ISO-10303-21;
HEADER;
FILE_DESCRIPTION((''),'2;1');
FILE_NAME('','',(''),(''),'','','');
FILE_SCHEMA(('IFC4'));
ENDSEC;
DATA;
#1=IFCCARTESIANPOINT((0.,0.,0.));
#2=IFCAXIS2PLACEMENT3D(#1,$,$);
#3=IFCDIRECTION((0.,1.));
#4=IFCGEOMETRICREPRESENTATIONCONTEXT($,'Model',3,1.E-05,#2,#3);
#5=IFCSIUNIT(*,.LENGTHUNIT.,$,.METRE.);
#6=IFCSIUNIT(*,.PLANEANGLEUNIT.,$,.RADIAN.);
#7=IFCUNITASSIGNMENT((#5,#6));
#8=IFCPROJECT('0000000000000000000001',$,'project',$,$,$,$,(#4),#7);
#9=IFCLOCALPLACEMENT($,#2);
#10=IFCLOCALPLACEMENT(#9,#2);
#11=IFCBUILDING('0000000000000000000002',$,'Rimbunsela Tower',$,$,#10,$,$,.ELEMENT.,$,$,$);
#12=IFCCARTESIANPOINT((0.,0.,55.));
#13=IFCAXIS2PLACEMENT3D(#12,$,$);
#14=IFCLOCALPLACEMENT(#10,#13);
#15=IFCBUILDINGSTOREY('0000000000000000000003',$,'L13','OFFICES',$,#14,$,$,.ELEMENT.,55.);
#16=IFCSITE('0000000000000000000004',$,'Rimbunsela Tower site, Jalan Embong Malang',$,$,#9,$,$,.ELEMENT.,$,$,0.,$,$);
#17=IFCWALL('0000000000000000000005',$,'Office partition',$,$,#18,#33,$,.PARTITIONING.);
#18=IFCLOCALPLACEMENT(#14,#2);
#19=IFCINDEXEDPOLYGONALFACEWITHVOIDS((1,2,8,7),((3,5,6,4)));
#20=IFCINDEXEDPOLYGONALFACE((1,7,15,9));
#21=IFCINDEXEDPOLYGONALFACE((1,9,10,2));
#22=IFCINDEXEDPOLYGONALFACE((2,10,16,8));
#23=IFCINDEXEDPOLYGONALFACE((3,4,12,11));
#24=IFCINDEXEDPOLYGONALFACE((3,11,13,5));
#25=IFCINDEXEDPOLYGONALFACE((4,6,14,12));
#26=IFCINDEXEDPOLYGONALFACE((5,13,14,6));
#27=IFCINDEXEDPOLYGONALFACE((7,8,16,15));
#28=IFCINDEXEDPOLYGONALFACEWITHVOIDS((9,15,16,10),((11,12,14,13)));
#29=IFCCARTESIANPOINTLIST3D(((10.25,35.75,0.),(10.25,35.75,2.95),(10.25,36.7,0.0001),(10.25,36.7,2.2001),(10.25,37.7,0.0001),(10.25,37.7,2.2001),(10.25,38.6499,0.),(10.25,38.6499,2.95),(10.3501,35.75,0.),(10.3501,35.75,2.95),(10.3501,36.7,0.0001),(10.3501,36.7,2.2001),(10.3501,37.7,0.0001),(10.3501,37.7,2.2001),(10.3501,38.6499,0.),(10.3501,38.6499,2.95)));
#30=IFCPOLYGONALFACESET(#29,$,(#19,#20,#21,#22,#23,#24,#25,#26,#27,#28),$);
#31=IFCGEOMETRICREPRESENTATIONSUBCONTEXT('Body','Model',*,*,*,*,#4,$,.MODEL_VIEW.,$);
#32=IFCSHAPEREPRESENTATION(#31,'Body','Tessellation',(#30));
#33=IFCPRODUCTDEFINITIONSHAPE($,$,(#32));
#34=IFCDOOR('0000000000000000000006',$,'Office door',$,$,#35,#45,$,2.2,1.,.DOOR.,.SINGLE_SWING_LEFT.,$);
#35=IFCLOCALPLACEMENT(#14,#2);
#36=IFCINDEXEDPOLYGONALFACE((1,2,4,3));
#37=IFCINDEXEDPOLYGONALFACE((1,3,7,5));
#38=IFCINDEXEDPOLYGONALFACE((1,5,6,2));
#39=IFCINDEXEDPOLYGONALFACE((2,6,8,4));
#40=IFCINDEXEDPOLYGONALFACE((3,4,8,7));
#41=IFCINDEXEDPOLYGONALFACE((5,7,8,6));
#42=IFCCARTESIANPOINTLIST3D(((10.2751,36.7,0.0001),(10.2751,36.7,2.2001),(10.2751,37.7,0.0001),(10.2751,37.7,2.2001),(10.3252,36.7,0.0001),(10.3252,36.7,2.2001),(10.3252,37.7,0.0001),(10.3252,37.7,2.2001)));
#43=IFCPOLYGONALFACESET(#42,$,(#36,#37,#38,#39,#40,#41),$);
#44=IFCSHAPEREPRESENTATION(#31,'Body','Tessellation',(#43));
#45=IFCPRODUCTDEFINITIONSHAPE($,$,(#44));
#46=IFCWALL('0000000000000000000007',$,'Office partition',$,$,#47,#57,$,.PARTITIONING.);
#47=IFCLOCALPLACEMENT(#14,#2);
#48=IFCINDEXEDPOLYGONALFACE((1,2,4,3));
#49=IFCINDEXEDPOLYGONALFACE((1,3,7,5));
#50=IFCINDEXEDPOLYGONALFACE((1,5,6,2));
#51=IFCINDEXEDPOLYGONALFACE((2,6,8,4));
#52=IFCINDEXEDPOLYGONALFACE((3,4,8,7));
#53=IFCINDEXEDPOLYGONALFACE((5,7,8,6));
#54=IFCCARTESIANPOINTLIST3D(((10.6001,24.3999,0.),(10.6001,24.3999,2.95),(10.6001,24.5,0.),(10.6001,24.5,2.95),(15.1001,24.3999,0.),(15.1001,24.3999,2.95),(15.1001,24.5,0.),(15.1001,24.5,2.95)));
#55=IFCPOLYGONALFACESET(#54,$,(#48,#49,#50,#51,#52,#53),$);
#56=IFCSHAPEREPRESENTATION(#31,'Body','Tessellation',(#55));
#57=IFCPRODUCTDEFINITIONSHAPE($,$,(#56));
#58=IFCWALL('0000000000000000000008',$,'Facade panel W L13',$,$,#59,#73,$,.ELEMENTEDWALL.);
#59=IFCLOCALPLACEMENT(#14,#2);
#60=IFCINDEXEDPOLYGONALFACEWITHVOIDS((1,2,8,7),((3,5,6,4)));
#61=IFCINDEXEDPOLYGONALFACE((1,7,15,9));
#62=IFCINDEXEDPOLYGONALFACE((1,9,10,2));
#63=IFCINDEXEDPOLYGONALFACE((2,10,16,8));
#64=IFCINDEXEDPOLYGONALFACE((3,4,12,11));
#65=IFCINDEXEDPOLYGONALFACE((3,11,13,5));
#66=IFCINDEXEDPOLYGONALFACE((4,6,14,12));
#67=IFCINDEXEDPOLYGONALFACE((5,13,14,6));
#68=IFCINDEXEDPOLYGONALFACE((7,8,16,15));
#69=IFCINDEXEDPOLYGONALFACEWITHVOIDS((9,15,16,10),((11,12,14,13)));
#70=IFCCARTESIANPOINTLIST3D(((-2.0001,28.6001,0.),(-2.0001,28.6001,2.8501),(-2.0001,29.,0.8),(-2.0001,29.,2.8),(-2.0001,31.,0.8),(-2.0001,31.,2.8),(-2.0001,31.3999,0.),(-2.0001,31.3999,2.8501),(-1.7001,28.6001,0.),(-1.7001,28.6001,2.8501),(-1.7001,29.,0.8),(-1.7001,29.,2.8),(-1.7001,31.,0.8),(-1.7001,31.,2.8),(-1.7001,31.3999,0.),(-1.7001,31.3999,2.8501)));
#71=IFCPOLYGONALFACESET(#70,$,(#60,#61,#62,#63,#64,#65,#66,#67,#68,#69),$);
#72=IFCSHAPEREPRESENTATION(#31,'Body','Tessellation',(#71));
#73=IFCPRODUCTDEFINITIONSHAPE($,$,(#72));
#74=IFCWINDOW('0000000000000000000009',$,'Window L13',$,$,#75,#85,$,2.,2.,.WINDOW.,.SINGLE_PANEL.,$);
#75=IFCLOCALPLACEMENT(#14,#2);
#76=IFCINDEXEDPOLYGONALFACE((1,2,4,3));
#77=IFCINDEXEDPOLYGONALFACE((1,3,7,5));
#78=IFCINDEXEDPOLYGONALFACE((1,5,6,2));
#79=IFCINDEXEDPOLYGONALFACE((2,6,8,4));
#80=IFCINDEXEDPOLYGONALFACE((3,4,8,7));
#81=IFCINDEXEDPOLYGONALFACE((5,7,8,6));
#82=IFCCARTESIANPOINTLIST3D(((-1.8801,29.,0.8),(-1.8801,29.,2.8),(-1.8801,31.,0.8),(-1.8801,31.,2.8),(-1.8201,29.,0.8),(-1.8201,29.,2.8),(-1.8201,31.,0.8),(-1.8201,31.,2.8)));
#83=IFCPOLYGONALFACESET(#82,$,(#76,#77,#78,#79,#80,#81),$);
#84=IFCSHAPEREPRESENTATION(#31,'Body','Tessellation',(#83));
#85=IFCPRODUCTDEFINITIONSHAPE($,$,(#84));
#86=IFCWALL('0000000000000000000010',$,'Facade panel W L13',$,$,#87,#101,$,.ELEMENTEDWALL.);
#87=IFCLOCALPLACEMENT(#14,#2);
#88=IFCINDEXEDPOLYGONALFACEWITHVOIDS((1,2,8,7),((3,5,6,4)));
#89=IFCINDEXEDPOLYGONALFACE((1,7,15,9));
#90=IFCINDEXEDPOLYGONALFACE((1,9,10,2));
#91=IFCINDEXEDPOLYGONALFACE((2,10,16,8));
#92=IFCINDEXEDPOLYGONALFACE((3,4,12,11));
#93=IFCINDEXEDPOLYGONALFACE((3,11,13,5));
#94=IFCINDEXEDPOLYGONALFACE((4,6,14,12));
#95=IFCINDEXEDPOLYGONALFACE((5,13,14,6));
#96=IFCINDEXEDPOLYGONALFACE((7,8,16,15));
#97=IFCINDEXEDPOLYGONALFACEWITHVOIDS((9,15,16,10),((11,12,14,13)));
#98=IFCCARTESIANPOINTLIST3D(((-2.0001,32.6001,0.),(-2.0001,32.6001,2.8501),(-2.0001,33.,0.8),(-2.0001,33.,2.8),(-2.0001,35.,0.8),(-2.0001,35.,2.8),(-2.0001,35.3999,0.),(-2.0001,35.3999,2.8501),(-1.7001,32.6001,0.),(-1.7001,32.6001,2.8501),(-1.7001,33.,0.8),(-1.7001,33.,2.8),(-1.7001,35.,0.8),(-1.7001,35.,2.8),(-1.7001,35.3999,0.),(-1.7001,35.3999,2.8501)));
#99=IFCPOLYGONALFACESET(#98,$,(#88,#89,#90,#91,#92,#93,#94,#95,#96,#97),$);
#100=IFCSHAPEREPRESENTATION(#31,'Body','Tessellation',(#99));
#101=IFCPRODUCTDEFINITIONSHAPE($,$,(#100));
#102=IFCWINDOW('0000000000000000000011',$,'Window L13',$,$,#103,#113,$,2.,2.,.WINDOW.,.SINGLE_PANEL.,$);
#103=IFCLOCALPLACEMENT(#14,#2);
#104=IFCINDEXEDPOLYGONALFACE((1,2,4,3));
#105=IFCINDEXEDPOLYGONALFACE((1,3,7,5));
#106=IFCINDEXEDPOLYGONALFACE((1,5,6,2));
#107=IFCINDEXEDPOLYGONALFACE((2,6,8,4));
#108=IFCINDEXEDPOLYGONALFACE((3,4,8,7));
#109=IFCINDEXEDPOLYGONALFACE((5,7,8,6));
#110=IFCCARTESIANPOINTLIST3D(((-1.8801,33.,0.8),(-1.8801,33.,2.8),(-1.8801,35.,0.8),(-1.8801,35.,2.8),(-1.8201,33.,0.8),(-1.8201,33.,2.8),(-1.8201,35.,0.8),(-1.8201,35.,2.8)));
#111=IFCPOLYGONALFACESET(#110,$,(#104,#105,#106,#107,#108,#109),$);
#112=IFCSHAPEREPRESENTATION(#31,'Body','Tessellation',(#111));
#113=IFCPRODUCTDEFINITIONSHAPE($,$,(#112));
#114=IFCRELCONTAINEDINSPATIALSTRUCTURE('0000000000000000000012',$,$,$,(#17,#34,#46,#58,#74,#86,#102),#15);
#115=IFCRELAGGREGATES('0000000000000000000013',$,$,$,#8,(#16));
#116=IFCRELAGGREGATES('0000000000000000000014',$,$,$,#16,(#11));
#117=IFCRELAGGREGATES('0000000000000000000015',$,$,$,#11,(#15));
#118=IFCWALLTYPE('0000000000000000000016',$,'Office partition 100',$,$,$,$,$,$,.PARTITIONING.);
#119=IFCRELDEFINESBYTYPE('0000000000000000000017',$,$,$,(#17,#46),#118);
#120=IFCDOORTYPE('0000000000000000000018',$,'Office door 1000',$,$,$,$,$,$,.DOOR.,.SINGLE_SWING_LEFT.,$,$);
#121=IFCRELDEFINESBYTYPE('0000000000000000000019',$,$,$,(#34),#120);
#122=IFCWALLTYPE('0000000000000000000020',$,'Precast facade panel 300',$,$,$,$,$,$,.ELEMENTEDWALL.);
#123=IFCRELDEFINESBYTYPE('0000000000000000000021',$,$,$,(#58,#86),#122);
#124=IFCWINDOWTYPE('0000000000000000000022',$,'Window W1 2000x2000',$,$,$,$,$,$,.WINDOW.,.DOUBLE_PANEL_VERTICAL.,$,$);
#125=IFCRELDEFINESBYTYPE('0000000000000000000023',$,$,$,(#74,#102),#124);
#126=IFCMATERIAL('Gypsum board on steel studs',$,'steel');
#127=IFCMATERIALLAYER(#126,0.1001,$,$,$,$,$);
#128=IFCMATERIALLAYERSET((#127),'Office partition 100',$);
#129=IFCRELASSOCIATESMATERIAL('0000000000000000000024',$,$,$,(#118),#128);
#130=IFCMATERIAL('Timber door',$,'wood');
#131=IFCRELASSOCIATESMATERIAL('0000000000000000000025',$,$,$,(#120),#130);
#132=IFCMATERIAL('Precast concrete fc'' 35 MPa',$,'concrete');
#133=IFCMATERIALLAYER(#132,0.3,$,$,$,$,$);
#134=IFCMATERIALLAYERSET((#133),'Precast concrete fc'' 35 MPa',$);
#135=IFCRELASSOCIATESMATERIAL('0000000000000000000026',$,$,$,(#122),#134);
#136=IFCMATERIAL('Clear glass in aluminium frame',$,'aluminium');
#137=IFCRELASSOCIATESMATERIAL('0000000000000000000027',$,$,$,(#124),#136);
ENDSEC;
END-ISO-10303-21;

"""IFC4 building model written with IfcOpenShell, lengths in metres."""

from ifc_helpers import new_model, si_unit, direction, frame, frame_2d, origin, place, context, subcontext, project, spatial, rectangle, extrude, material, layer, layer_set, type_object, element, fill, save


model = new_model("IFC4")

# Units and contexts
model_context = context("Model", 3, precision=1e-05, world=origin(), true_north=direction((0.0, 1.0)))
body_context = subcontext(model_context, "Body", "Model", "MODEL_VIEW")
ifc_project = project(units=[si_unit("LENGTHUNIT", "METRE"), si_unit("PLANEANGLEUNIT", "RADIAN")], contexts=[model_context])

# Site, building, storey
site_placement = place(None, origin())
site = spatial("IfcSite", under=ifc_project, at=site_placement, Name="Rimbunsela Tower site, Jalan Embong Malang", CompositionType="ELEMENT", RefElevation=0.0)
building_placement = place(site_placement, origin())
building = spatial("IfcBuilding", under=site, at=building_placement, Name="Rimbunsela Tower", CompositionType="ELEMENT")
storey_placement = place(building_placement, frame((0.0, 0.0, 55.0)))
storey = spatial("IfcBuildingStorey", under=building, at=storey_placement, Name="L13", Description="OFFICES", CompositionType="ELEMENT", Elevation=55.0)

# Shared definitions
ifc_material_1 = material(Name="Gypsum board on steel studs", Category="steel")
ifc_layer_1 = layer(ifc_material_1, 0.1001)
ifc_layer_set_1 = layer_set([ifc_layer_1], Name="Office partition 100")
wall_type_1 = type_object("IfcWallType", Name="Office partition 100", PredefinedType="PARTITIONING", material=ifc_layer_set_1)

# Wall, opening, door
ifc_material_2 = material(Name="Timber door", Category="wood")
door_type = type_object("IfcDoorType", Name="Office door 1000", OperationType="SINGLE_SWING_LEFT", PredefinedType="DOOR", material=ifc_material_2)
wall_1_placement = place(storey_placement, frame((10.3, 35.75, 0.0), z_axis=(0.0, 0.0, 1.0), x_axis=(0.0, 1.0, 0.0)))
wall_1 = element("IfcWall", 1, at=wall_1_placement, inside=storey, type_object=wall_type_1, Name="Office partition", PredefinedType="PARTITIONING", context=body_context, shape_type="SweptSolid", body=[
    extrude(rectangle(XDim=2.8999, YDim=0.1001, at=frame_2d((1.45, 0.0))), origin(), (0.0, 0.0, 1.0), 2.95),
])
opening_1_placement = place(wall_1_placement, frame((0.95, 0.0, 0.0)))
opening_1 = element("IfcOpeningElement", 2, at=opening_1_placement, cuts=wall_1, PredefinedType="OPENING", context=body_context, shape_type="SweptSolid", body=[
    extrude(rectangle(XDim=1.0, YDim=2.2, at=frame_2d((0.5, 1.1001))), frame((0.0, 0.0601, 0.0), z_axis=(0.0, -1.0, 0.0), x_axis=(1.0, 0.0, 0.0)), (0.0, 0.0, 1.0), 0.1201),
])
door_1_placement = place(opening_1_placement, origin())
door_1 = element("IfcDoor", 3, at=door_1_placement, inside=storey, type_object=door_type, Name="Office door", OperationType="SINGLE_SWING_LEFT", OverallHeight=2.2, OverallWidth=1.0, PredefinedType="DOOR", context=body_context, shape_type="SweptSolid", body=[
    extrude(rectangle(XDim=1.0, YDim=2.2, at=frame_2d((0.5, 1.1001))), frame((0.0, 0.0249, 0.0), z_axis=(0.0, -1.0, 0.0), x_axis=(1.0, 0.0, 0.0)), (0.0, 0.0, 1.0), 0.05),
])
fill(opening_1, door_1)

# Wall
wall_2_placement = place(storey_placement, frame((10.6001, 24.45, 0.0), z_axis=(0.0, 0.0, 1.0), x_axis=(1.0, 0.0, 0.0)))
element("IfcWall", 4, at=wall_2_placement, inside=storey, type_object=wall_type_1, Name="Office partition", PredefinedType="PARTITIONING", context=body_context, shape_type="SweptSolid", body=[
    extrude(rectangle(XDim=4.5, YDim=0.1001, at=frame_2d((2.25, 0.0))), origin(), (0.0, 0.0, 1.0), 2.95),
])

# Walls, openings, windows
ifc_material_3 = material(Name="Precast concrete fc' 35 MPa", Category="concrete")
ifc_layer_2 = layer(ifc_material_3, 0.3)
ifc_layer_set_2 = layer_set([ifc_layer_2], Name="Precast concrete fc' 35 MPa")
wall_type_2 = type_object("IfcWallType", Name="Precast facade panel 300", PredefinedType="ELEMENTEDWALL", material=ifc_layer_set_2)
wall_3_placement = place(storey_placement, frame((-1.8501, 31.3999, 0.0), z_axis=(0.0, 0.0, 1.0), x_axis=(0.0, -1.0, 0.0)))
wall_3 = element("IfcWall", 5, at=wall_3_placement, inside=storey, type_object=wall_type_2, Name="Facade panel W L13", PredefinedType="ELEMENTEDWALL", context=body_context, shape_type="SweptSolid", body=[
    extrude(rectangle(XDim=2.7998, YDim=0.3, at=frame_2d((1.3999, 0.0))), origin(), (0.0, 0.0, 1.0), 2.8501),
])
opening_2_placement = place(wall_3_placement, frame((0.3999, 0.0, 0.8)))
opening_2 = element("IfcOpeningElement", 6, at=opening_2_placement, cuts=wall_3, PredefinedType="OPENING", context=body_context, shape_type="SweptSolid", body=[
    extrude(rectangle(XDim=2.0, YDim=2.0, at=frame_2d((1.0, 1.0))), frame((0.0, 0.1599, 0.0), z_axis=(0.0, -1.0, 0.0), x_axis=(1.0, 0.0, 0.0)), (0.0, 0.0, 1.0), 0.3201),
])
ifc_material_4 = material(Name="Clear glass in aluminium frame", Category="aluminium")
window_type = type_object("IfcWindowType", Name="Window W1 2000x2000", PartitioningType="DOUBLE_PANEL_VERTICAL", PredefinedType="WINDOW", material=ifc_material_4)
window_1_placement = place(opening_2_placement, origin())
window_1 = element("IfcWindow", 7, at=window_1_placement, inside=storey, type_object=window_type, Name="Window L13", OverallHeight=2.0, OverallWidth=2.0, PartitioningType="SINGLE_PANEL", PredefinedType="WINDOW", context=body_context, shape_type="SweptSolid", body=[
    extrude(rectangle(XDim=2.0, YDim=2.0, at=frame_2d((1.0, 1.0))), frame((0.0, 0.03, 0.0), z_axis=(0.0, -1.0, 0.0), x_axis=(1.0, 0.0, 0.0)), (0.0, 0.0, 1.0), 0.0601),
])
fill(opening_2, window_1)
wall_4_placement = place(storey_placement, frame((-1.8501, 35.3999, 0.0), z_axis=(0.0, 0.0, 1.0), x_axis=(0.0, -1.0, 0.0)))
wall_4 = element("IfcWall", 8, at=wall_4_placement, inside=storey, type_object=wall_type_2, Name="Facade panel W L13", PredefinedType="ELEMENTEDWALL", context=body_context, shape_type="SweptSolid", body=[
    extrude(rectangle(XDim=2.7998, YDim=0.3, at=frame_2d((1.3999, 0.0))), origin(), (0.0, 0.0, 1.0), 2.8501),
])
opening_3_placement = place(wall_4_placement, frame((0.3999, 0.0, 0.8)))
opening_3 = element("IfcOpeningElement", 9, at=opening_3_placement, cuts=wall_4, PredefinedType="OPENING", context=body_context, shape_type="SweptSolid", body=[
    extrude(rectangle(XDim=2.0, YDim=2.0, at=frame_2d((1.0, 1.0))), frame((0.0, 0.1599, 0.0), z_axis=(0.0, -1.0, 0.0), x_axis=(1.0, 0.0, 0.0)), (0.0, 0.0, 1.0), 0.3201),
])
window_2_placement = place(opening_3_placement, origin())
window_2 = element("IfcWindow", 10, at=window_2_placement, inside=storey, type_object=window_type, Name="Window L13", OverallHeight=2.0, OverallWidth=2.0, PartitioningType="SINGLE_PANEL", PredefinedType="WINDOW", context=body_context, shape_type="SweptSolid", body=[
    extrude(rectangle(XDim=2.0, YDim=2.0, at=frame_2d((1.0, 1.0))), frame((0.0, 0.03, 0.0), z_axis=(0.0, -1.0, 0.0), x_axis=(1.0, 0.0, 0.0)), (0.0, 0.0, 1.0), 0.0601),
])
fill(opening_3, window_2)

save(model, "model.ifc")
